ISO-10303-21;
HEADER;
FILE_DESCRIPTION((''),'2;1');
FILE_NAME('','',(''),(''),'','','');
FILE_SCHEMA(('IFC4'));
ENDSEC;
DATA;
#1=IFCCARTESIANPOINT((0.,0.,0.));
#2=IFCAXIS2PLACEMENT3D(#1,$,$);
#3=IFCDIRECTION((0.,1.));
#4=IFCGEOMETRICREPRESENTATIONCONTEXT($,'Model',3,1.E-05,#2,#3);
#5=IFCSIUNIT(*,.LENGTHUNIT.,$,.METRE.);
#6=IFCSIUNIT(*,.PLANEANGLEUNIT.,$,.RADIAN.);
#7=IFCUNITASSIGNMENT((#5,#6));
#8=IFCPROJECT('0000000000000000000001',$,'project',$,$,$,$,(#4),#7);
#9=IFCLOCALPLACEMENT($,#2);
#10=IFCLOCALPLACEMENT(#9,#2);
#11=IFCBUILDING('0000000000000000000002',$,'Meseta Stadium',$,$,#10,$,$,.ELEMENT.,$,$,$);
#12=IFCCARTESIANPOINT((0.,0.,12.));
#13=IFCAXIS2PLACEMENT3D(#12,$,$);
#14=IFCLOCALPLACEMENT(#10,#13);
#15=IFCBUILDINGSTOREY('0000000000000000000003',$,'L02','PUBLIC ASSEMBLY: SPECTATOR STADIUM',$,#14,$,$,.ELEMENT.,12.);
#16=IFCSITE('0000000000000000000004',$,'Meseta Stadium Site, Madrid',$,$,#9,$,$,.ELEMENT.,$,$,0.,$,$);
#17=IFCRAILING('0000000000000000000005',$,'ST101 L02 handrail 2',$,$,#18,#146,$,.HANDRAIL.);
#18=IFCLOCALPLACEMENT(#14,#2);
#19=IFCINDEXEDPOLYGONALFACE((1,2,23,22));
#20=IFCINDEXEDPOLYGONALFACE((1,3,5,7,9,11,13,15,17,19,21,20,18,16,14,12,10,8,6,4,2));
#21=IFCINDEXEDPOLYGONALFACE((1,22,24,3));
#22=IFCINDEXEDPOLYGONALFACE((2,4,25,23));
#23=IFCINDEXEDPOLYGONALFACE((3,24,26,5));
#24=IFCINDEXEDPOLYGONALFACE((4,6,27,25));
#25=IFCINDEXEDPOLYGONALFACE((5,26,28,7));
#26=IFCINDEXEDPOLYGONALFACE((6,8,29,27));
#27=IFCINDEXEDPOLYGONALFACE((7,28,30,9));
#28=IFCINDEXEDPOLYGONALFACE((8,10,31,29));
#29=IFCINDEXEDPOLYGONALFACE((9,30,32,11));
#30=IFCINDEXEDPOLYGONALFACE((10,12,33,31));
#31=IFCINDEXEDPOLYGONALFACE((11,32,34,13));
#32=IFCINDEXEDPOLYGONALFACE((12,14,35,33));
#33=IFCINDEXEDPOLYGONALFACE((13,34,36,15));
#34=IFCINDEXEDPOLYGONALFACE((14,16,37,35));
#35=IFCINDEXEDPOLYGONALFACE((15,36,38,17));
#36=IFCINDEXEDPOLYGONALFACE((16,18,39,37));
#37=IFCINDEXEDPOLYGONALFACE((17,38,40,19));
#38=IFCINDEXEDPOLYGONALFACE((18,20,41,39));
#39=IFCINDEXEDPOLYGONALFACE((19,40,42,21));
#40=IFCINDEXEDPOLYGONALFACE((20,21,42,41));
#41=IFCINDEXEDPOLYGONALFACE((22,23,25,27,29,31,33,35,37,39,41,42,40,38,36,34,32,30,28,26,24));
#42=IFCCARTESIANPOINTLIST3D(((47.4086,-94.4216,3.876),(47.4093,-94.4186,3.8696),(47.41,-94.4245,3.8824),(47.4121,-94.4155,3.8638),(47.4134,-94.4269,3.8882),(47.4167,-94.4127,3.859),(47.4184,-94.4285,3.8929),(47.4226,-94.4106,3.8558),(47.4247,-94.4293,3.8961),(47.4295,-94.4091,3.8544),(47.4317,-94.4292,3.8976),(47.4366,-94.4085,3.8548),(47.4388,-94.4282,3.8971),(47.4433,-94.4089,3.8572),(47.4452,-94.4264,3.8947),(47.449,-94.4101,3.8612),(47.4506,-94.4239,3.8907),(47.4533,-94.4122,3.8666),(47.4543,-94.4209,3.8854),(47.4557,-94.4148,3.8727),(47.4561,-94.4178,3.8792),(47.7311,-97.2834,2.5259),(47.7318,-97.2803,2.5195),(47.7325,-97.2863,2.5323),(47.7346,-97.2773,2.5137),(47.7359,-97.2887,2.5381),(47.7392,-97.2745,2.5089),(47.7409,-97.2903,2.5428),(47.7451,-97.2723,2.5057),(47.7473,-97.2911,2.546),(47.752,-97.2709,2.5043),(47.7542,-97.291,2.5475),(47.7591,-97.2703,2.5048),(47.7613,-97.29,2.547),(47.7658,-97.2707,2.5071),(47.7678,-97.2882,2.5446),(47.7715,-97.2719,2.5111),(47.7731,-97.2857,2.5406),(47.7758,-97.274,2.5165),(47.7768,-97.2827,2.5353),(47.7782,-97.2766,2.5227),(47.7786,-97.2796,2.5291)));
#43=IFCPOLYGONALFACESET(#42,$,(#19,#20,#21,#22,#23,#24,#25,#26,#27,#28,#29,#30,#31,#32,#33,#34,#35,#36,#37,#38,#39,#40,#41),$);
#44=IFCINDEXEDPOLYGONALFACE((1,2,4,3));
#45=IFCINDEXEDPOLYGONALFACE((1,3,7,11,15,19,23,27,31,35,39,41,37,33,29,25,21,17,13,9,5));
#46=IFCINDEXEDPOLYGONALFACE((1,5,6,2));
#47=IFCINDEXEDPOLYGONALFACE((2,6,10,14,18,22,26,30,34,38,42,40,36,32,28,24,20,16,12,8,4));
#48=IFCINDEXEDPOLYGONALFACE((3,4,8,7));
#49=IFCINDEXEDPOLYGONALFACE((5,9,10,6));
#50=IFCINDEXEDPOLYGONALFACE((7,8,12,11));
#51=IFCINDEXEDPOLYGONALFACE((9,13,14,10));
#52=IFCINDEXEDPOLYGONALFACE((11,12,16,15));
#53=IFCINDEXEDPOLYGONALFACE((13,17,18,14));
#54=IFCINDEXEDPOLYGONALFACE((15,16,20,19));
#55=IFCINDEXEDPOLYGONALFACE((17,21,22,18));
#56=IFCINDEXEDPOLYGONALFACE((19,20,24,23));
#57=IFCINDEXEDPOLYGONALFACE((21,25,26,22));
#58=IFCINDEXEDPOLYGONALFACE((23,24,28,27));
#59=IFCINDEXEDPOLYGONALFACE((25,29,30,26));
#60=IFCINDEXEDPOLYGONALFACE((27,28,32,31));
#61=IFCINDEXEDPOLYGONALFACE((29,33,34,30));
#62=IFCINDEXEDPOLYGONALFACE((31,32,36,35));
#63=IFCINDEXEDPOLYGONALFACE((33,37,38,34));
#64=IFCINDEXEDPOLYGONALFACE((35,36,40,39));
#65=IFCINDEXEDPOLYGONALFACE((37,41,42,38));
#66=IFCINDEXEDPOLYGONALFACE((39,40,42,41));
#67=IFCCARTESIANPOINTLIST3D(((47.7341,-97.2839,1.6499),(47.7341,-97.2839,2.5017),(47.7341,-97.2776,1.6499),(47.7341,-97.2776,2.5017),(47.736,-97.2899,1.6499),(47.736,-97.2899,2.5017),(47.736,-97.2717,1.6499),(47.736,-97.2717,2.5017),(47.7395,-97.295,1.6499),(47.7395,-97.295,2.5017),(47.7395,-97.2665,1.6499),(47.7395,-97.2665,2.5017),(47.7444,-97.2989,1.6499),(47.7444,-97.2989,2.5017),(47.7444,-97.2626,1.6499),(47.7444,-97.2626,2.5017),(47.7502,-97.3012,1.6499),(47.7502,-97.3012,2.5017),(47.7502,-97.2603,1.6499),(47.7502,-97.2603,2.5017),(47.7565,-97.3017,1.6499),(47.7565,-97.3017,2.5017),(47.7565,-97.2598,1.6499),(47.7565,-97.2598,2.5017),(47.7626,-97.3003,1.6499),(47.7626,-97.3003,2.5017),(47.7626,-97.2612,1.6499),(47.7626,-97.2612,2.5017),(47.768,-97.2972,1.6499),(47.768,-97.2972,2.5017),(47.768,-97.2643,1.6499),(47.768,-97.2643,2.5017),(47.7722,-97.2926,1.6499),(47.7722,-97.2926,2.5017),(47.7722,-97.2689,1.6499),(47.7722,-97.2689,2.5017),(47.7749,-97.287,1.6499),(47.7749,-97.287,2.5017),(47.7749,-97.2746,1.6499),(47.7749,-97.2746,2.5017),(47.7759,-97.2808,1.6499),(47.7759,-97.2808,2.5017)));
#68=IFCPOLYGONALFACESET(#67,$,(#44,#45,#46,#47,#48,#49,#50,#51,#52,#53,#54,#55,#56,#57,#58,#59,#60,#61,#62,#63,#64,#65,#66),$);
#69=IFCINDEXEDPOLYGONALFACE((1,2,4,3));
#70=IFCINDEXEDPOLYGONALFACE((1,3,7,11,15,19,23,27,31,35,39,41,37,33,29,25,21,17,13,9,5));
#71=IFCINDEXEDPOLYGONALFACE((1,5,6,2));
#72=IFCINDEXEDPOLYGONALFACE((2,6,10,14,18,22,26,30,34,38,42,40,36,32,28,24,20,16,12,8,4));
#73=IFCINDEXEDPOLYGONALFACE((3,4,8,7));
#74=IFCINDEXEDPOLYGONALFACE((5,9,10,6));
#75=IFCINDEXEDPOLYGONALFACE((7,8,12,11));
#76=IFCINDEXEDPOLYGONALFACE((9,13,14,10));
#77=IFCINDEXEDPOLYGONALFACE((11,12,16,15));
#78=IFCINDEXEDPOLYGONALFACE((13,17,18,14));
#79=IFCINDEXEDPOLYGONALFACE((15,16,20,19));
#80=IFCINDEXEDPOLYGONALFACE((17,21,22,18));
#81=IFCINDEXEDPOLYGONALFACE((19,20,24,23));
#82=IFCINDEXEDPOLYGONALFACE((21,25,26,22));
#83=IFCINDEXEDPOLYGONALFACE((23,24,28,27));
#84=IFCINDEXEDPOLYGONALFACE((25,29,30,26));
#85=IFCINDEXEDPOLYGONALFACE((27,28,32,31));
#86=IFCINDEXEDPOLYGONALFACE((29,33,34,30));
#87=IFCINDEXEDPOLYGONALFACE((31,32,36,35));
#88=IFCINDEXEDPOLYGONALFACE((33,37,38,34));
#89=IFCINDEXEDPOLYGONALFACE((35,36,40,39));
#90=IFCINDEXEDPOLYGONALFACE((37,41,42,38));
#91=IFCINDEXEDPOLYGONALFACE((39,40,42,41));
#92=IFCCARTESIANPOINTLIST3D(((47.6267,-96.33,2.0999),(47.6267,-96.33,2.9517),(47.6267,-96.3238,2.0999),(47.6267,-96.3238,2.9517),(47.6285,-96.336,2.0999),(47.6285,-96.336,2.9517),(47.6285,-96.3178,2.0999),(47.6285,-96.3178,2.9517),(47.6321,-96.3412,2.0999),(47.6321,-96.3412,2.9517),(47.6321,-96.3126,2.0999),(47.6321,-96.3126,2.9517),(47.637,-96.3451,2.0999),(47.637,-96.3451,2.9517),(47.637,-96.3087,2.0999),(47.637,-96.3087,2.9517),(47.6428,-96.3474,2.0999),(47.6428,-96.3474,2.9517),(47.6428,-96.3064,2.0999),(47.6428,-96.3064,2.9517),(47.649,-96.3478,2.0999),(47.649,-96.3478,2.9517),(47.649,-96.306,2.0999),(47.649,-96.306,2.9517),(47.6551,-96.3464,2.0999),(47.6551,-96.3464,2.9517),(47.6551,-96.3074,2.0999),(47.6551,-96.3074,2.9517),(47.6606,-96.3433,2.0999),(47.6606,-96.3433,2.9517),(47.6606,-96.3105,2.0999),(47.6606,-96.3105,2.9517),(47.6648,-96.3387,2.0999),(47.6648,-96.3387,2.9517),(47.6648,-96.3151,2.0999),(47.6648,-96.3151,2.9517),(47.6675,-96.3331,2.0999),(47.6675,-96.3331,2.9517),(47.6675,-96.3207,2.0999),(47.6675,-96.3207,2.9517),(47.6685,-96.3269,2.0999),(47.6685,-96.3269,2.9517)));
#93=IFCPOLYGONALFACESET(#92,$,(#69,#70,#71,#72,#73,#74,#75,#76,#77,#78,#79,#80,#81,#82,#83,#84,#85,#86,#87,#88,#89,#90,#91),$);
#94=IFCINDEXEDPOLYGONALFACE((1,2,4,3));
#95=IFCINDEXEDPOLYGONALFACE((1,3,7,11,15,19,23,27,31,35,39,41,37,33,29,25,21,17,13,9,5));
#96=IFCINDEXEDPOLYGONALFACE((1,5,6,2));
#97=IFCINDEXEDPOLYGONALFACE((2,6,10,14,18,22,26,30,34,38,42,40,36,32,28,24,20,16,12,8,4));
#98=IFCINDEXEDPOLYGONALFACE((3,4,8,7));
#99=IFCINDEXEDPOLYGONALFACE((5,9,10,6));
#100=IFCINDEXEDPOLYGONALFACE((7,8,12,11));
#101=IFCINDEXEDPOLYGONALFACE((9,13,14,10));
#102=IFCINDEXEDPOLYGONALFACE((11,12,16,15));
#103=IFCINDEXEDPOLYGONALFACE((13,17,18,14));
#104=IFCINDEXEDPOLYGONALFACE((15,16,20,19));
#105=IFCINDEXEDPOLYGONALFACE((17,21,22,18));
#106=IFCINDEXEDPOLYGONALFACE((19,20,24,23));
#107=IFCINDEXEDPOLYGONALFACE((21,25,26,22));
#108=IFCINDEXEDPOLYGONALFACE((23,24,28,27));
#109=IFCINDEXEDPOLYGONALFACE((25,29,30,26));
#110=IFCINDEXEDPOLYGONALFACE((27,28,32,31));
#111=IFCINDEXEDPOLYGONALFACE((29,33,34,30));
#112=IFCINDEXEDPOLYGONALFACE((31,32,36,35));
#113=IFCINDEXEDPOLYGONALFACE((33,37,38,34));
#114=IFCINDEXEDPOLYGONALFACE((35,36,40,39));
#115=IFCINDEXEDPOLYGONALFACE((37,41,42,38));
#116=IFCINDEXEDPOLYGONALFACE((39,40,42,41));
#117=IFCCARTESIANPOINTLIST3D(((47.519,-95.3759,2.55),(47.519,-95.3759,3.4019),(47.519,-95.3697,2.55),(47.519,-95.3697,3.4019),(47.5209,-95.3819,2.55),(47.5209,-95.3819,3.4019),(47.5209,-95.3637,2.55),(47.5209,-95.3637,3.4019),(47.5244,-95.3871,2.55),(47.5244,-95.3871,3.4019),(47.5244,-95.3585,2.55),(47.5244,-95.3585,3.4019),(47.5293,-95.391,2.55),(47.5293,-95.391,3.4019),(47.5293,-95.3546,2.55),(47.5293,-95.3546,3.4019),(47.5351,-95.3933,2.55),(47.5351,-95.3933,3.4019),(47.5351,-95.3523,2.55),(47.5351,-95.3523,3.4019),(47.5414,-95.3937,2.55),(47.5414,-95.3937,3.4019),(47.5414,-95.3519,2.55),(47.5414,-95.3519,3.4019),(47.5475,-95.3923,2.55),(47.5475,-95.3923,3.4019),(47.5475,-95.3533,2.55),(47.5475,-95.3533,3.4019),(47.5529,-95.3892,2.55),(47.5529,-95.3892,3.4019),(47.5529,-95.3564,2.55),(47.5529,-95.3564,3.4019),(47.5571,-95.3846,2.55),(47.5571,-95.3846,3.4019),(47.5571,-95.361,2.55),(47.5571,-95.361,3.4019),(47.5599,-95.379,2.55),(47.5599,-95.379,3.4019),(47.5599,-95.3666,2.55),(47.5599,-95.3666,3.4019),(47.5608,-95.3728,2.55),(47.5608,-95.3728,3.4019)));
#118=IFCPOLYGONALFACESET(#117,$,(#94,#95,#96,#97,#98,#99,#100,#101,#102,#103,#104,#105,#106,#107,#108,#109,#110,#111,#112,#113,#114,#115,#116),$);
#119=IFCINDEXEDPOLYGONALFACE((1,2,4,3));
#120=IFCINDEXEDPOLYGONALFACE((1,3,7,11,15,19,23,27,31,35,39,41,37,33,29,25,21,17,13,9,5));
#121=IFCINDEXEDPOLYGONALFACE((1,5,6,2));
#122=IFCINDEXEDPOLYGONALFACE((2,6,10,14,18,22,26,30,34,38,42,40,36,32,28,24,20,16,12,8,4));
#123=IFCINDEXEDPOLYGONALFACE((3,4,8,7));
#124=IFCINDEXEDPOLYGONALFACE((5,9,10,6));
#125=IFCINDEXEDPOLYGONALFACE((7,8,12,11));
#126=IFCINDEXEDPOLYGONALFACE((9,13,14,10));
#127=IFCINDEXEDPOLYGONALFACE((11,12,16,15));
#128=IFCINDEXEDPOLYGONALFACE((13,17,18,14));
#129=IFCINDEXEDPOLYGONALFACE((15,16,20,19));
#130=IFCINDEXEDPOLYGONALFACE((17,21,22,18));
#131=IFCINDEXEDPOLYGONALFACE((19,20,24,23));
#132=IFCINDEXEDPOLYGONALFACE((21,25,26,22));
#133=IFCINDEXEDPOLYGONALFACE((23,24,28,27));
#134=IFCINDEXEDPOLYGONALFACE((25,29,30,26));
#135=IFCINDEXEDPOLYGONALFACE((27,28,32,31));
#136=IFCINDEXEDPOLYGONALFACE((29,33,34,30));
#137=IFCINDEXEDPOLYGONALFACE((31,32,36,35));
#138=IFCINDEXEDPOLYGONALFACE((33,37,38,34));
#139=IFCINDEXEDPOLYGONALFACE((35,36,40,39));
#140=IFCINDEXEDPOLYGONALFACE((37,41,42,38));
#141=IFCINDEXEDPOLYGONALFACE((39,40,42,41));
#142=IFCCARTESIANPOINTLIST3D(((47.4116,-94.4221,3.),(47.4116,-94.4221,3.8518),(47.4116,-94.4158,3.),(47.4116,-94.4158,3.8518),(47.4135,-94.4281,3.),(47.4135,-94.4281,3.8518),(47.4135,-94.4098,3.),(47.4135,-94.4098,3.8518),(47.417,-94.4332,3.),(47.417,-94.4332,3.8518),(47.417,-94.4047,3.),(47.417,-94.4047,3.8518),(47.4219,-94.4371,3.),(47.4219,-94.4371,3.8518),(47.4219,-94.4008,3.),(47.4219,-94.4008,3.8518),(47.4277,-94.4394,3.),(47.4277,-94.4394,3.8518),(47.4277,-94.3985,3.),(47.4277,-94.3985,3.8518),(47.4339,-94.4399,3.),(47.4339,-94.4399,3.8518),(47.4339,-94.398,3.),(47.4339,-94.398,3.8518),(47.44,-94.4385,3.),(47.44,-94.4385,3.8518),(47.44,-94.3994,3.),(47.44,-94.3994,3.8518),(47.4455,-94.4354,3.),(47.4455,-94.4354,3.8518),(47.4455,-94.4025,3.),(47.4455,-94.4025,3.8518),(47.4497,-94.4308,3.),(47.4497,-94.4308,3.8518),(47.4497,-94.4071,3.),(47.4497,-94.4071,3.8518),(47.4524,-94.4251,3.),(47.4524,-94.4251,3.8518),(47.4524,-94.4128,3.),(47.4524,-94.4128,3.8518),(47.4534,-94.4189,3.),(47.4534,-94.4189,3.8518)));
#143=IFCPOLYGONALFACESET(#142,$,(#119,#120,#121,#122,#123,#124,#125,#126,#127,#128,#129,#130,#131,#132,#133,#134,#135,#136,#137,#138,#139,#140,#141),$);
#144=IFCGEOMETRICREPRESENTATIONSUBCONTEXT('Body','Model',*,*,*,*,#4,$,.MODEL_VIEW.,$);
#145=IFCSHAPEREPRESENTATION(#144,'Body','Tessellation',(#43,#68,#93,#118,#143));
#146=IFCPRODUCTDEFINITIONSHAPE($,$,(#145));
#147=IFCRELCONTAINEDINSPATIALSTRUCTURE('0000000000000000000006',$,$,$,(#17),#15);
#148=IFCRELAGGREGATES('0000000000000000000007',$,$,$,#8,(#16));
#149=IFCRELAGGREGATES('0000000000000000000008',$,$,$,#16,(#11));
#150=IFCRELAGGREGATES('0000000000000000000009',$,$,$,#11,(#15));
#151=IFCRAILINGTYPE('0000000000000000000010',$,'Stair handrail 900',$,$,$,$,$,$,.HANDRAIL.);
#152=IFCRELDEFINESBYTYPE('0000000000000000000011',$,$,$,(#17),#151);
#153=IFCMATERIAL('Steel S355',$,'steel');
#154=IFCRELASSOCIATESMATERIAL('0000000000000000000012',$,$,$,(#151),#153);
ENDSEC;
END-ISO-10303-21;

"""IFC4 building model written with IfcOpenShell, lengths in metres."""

from ifc_helpers import new_model, si_unit, direction, frame, origin, origin_2d, place, context, subcontext, project, spatial, circle, extrude, material, type_object, element, save


model = new_model("IFC4")

# Units and contexts
model_context = context("Model", 3, precision=1e-05, world=origin(), true_north=direction((0.0, 1.0)))
body_context = subcontext(model_context, "Body", "Model", "MODEL_VIEW")
ifc_project = project(units=[si_unit("LENGTHUNIT", "METRE"), si_unit("PLANEANGLEUNIT", "RADIAN")], contexts=[model_context])

# Site, building, storey
site_placement = place(None, origin())
site = spatial("IfcSite", under=ifc_project, at=site_placement, Name="Meseta Stadium Site, Madrid", CompositionType="ELEMENT", RefElevation=0.0)
building_placement = place(site_placement, origin())
building = spatial("IfcBuilding", under=site, at=building_placement, Name="Meseta Stadium", CompositionType="ELEMENT")
storey_placement = place(building_placement, frame((0.0, 0.0, 12.0)))
storey = spatial("IfcBuildingStorey", under=building, at=storey_placement, Name="L02", Description="PUBLIC ASSEMBLY: SPECTATOR STADIUM", CompositionType="ELEMENT", Elevation=12.0)

# Railing
ifc_material_1 = material(Name="Steel S355", Category="steel")
railing_type_1 = type_object("IfcRailingType", Name="Stair handrail 900", PredefinedType="HANDRAIL", material=ifc_material_1)
for number, where, name in (
    (1, (47.7549, -97.2808, 1.6499), "ST101 L02 handrail 2"),
):
    element("IfcRailing", number, at=place(storey_placement, frame(where)), inside=storey, type_object=railing_type_1, Name=name, PredefinedType="HANDRAIL", context=body_context, shape_type="SweptSolid", body=[
        extrude(circle(Radius=0.0239, at=origin_2d()), frame((0.0, 0.0, 0.876), z_axis=(-0.101396, 0.899748, 0.424467), x_axis=(-0.99371, -0.111985, 0.0)), (0.0, 0.0, 1.0), 3.1807),
        extrude(circle(Radius=0.021, at=origin_2d()), origin(), (0.0, 0.0, 1.0), 0.8518),
        extrude(circle(Radius=0.021, at=origin_2d()), frame((-0.1074, 0.9539, 0.45)), (0.0, 0.0, 1.0), 0.8518),
        extrude(circle(Radius=0.021, at=origin_2d()), frame((-0.2151, 1.908, 0.9001)), (0.0, 0.0, 1.0), 0.8518),
        extrude(circle(Radius=0.021, at=origin_2d()), frame((-0.3225, 2.8618, 1.3501)), (0.0, 0.0, 1.0), 0.8518),
    ])

save(model, "model.ifc")
